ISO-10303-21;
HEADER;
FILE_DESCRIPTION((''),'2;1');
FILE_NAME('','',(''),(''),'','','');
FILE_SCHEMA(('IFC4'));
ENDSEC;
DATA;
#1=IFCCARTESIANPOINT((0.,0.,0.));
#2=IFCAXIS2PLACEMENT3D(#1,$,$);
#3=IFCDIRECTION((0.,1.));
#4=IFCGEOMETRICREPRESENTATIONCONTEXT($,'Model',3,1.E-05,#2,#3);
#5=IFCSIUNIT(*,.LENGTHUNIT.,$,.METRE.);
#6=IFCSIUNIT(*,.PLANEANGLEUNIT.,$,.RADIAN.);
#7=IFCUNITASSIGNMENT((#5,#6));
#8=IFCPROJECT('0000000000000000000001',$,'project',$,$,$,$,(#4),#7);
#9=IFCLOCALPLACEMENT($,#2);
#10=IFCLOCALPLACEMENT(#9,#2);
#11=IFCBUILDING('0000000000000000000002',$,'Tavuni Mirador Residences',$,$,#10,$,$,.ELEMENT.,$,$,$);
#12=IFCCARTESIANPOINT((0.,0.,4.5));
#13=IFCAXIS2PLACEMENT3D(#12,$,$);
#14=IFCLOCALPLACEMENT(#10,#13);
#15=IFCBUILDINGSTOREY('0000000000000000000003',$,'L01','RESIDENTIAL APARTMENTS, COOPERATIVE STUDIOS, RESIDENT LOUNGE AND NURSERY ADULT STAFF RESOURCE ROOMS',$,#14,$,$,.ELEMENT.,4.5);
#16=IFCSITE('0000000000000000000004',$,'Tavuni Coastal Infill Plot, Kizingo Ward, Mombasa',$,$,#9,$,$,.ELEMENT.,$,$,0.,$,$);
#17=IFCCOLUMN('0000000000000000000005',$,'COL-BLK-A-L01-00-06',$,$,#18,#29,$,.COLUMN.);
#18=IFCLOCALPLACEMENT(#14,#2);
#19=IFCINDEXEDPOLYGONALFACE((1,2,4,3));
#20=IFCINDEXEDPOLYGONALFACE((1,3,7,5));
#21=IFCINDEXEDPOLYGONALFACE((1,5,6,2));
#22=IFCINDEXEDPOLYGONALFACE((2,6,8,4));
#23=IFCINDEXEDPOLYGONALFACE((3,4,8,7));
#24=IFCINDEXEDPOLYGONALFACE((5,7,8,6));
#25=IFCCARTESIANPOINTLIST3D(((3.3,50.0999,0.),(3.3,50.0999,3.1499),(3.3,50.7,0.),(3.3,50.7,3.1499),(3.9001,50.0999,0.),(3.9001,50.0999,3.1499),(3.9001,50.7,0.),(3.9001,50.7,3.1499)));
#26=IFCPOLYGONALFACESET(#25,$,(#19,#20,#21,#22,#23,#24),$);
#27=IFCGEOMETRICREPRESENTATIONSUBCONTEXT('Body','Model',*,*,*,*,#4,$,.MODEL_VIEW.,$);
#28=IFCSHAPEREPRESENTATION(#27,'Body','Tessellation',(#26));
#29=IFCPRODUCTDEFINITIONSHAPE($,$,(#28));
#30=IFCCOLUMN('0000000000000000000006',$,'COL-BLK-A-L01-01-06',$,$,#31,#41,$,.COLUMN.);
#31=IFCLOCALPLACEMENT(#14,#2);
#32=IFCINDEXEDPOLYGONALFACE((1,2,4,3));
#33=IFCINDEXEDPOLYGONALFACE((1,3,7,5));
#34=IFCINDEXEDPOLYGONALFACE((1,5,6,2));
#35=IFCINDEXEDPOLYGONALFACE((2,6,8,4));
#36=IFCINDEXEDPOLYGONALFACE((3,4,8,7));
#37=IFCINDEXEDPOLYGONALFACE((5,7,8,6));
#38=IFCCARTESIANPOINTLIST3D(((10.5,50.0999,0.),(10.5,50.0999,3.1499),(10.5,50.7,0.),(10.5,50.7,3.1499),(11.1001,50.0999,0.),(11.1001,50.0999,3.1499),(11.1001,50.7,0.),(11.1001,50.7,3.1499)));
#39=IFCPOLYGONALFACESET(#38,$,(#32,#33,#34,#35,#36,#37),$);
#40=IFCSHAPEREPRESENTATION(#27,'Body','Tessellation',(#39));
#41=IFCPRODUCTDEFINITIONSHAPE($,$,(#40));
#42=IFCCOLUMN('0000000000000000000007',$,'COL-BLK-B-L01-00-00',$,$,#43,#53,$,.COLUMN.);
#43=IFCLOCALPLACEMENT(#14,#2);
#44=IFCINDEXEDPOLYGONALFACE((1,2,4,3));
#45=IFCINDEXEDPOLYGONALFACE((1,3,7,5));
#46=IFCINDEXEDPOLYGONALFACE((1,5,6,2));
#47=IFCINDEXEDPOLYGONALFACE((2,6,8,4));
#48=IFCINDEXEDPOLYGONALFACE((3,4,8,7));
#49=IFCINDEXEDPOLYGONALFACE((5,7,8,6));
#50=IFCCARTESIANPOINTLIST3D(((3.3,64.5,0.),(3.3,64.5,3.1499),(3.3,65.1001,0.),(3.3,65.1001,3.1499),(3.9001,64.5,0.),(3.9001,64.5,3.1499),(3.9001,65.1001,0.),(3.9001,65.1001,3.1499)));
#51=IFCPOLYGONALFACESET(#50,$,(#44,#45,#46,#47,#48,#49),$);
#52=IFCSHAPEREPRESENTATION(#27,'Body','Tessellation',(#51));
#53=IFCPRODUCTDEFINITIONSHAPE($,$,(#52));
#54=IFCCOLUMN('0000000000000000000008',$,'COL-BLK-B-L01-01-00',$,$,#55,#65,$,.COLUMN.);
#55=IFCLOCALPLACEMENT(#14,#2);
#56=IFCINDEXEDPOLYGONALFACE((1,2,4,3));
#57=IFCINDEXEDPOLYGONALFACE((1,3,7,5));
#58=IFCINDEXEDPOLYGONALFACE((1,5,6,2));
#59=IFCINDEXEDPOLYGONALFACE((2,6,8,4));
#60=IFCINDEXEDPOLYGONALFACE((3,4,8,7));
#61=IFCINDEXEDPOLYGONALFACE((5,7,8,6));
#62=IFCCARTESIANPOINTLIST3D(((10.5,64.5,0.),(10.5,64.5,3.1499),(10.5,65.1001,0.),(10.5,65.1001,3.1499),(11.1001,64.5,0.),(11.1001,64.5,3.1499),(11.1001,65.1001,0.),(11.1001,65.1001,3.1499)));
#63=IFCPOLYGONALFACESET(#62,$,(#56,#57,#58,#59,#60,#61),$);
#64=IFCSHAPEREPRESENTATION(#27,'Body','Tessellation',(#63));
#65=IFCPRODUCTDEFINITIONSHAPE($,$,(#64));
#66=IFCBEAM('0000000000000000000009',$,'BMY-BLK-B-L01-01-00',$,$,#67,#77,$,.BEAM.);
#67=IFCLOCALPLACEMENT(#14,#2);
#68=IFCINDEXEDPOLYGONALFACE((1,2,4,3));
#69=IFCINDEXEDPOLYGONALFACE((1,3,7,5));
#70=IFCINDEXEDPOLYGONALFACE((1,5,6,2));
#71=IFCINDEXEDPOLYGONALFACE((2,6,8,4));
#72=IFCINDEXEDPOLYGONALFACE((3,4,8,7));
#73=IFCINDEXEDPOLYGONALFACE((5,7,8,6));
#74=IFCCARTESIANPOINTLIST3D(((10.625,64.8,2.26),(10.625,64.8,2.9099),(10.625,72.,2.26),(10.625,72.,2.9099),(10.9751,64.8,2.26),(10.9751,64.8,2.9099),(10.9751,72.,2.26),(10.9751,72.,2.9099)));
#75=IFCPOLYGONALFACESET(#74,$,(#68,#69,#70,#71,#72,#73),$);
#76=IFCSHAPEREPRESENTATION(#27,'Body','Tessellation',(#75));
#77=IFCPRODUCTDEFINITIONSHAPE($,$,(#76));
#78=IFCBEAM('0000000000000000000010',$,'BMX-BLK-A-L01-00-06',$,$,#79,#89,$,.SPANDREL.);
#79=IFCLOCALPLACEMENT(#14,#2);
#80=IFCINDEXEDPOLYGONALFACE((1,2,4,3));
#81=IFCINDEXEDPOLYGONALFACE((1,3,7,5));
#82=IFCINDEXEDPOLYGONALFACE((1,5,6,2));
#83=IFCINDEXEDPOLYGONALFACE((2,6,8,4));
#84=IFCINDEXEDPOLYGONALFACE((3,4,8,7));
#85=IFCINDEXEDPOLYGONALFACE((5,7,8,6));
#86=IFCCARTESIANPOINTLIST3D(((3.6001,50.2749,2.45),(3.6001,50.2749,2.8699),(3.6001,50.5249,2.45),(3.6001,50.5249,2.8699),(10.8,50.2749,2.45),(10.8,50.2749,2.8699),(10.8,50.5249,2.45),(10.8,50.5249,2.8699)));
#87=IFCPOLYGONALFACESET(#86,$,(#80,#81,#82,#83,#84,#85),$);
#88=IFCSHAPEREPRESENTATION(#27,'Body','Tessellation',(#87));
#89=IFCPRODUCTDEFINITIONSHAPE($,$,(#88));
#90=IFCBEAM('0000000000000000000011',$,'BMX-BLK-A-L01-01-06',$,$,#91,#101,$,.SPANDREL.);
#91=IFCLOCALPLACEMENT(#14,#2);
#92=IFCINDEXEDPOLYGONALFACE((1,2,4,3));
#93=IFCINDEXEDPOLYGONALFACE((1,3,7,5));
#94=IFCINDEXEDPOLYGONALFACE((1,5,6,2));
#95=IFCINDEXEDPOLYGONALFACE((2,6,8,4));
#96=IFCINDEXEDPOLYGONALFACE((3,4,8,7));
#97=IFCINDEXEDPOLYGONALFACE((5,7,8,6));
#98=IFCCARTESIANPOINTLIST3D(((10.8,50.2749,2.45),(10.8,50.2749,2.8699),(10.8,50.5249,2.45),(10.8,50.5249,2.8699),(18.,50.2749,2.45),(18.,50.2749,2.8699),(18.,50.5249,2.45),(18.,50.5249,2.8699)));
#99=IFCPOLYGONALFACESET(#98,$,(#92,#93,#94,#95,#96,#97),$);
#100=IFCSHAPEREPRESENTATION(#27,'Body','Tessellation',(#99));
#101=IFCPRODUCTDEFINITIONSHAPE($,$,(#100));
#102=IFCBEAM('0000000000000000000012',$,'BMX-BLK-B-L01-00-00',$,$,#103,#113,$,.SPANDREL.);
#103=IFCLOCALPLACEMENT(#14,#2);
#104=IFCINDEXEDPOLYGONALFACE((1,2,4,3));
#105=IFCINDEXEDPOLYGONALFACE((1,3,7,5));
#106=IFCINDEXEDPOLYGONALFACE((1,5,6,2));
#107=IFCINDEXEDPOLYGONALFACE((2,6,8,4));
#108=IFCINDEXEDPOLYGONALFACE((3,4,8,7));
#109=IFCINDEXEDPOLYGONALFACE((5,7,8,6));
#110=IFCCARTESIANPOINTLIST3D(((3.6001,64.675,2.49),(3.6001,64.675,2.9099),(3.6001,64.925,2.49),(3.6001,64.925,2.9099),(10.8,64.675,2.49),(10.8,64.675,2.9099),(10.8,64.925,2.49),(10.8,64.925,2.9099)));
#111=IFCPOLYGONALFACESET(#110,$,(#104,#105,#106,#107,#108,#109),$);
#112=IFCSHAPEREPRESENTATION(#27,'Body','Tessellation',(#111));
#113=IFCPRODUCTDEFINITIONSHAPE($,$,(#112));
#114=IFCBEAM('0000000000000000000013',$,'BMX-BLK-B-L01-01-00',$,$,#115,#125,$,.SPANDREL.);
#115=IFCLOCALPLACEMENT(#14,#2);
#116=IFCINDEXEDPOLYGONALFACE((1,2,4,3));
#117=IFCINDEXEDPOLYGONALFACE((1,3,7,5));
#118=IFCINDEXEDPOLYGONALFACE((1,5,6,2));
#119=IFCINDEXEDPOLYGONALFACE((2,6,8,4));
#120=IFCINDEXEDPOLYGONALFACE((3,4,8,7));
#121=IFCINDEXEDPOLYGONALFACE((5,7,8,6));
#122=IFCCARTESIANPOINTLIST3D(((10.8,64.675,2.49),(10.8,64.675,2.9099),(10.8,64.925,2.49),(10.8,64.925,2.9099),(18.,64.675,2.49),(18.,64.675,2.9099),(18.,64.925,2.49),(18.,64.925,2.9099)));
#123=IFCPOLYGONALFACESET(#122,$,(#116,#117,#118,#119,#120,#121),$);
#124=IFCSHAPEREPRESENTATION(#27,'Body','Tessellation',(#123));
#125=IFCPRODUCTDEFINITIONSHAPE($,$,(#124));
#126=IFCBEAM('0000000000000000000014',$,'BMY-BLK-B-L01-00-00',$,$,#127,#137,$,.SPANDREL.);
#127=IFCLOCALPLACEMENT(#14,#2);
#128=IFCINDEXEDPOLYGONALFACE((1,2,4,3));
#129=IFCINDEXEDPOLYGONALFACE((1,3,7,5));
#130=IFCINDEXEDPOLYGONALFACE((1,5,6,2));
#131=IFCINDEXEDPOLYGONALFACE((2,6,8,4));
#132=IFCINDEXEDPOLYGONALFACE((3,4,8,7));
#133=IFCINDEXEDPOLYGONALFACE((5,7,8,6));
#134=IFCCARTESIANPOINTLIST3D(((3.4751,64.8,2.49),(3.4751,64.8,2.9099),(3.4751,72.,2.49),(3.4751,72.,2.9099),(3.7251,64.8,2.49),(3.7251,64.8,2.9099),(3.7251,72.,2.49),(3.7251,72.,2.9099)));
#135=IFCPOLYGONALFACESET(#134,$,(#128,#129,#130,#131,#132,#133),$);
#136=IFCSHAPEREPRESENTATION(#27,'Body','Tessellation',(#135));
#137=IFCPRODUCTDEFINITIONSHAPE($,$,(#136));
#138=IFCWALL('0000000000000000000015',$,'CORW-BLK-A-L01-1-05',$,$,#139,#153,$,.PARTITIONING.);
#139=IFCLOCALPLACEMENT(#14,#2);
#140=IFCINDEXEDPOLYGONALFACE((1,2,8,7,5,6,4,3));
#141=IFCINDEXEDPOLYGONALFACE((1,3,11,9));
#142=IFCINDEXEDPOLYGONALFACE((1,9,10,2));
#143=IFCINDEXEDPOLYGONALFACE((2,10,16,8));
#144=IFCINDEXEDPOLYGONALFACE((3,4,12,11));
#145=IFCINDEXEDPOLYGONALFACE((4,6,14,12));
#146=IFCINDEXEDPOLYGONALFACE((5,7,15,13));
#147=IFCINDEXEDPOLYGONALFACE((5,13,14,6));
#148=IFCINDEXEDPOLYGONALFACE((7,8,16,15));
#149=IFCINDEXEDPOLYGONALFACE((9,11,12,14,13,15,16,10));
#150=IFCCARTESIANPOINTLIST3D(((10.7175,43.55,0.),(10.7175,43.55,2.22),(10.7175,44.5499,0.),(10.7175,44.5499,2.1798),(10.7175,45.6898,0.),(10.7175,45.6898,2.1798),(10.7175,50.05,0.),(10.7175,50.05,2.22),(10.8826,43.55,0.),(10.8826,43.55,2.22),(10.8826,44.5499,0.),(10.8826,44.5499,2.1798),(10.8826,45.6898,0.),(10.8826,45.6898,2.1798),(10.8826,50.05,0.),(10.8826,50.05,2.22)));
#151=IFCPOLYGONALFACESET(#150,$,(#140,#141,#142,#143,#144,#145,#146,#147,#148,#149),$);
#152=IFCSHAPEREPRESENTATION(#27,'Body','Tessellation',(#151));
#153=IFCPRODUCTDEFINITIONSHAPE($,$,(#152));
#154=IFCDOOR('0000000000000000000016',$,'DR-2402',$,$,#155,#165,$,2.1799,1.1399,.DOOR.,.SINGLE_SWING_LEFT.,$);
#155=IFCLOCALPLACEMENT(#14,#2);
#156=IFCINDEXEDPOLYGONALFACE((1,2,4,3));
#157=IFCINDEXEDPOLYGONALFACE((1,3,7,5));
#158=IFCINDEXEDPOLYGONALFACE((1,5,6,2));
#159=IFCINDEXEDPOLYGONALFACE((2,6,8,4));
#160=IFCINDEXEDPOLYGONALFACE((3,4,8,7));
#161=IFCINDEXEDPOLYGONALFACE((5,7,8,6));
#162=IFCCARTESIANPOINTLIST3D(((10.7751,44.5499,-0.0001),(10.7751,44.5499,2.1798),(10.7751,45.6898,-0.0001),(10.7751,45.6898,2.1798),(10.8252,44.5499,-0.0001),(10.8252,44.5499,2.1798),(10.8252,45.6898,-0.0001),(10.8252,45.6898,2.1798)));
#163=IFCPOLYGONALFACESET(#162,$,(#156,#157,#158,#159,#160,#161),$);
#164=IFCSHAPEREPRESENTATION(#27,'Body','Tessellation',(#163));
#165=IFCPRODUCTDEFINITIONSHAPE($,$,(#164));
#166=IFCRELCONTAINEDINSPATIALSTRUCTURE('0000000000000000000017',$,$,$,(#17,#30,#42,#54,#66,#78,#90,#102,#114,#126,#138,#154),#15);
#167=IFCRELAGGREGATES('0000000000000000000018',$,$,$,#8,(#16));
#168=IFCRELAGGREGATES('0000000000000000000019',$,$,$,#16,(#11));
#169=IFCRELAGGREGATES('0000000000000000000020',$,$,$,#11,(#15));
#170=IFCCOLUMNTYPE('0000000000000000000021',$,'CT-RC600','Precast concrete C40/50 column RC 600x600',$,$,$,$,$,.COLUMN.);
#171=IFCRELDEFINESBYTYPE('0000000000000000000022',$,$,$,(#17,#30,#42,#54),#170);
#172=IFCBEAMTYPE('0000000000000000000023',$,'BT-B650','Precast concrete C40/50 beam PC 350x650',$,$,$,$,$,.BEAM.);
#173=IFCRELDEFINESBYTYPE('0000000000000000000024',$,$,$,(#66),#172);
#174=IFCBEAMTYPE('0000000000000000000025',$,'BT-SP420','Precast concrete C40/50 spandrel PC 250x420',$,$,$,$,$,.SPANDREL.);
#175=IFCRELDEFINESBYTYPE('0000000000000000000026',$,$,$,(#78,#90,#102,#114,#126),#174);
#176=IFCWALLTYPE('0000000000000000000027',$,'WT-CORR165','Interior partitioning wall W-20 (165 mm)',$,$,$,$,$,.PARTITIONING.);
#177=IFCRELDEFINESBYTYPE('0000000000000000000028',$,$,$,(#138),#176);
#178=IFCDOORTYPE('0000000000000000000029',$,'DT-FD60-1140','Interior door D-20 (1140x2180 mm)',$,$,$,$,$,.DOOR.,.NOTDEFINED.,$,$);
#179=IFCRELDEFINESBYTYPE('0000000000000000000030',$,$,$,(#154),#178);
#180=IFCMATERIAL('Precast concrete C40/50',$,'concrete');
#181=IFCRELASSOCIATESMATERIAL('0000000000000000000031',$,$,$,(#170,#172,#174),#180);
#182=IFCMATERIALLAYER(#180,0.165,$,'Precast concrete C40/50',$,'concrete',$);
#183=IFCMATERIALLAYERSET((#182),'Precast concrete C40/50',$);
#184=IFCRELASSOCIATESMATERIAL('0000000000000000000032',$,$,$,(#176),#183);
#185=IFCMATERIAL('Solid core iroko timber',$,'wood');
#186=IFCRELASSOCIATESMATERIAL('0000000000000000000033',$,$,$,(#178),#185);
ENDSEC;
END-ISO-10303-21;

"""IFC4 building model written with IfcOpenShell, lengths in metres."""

from ifc_helpers import new_model, si_unit, direction, frame, frame_2d, origin, origin_2d, place, context, subcontext, project, spatial, rectangle, extrude, material, layer, layer_set, material_profile, profile_set, type_object, element, fill, save


model = new_model("IFC4")

# Units and contexts
model_context = context("Model", 3, precision=1e-05, world=origin(), true_north=direction((0.0, 1.0)))
body_context = subcontext(model_context, "Body", "Model", "MODEL_VIEW")
ifc_project = project(units=[si_unit("LENGTHUNIT", "METRE"), si_unit("PLANEANGLEUNIT", "RADIAN")], contexts=[model_context])

# Site, building, storey
site_placement = place(None, origin())
site = spatial("IfcSite", under=ifc_project, at=site_placement, Name="Tavuni Coastal Infill Plot, Kizingo Ward, Mombasa", CompositionType="ELEMENT", RefElevation=0.0)
building_placement = place(site_placement, origin())
building = spatial("IfcBuilding", under=site, at=building_placement, Name="Tavuni Mirador Residences", CompositionType="ELEMENT")
storey_placement = place(building_placement, frame((0.0, 0.0, 4.5)))
storey = spatial("IfcBuildingStorey", under=building, at=storey_placement, Name="L01", Description="RESIDENTIAL APARTMENTS, COOPERATIVE STUDIOS, RESIDENT LOUNGE AND NURSERY ADULT STAFF RESOURCE ROOMS", CompositionType="ELEMENT", Elevation=4.5)

# Columns
ifc_material_1 = material(Name="Precast concrete C40/50", Category="concrete")
ifc_material_profile_1 = material_profile(ifc_material_1, rectangle(XDim=0.6001, YDim=0.6001, at=origin_2d()), Name="RC 600x600", Category="concrete")
ifc_profile_set_1 = profile_set([ifc_material_profile_1], Name="Precast concrete C40/50")
column_type = type_object("IfcColumnType", Name="CT-RC600", Description="Precast concrete C40/50 column RC 600x600", PredefinedType="COLUMN", material=ifc_profile_set_1)
for number, where, z_axis, x_axis, name in (
    (1, (3.6001, 50.3999, 0.0), (0.0, 0.0, 1.0), (1.0, 0.0, 0.0), "COL-BLK-A-L01-00-06"),
    (2, (10.8, 50.3999, 0.0), (0.0, 0.0, 1.0), (1.0, 0.0, 0.0), "COL-BLK-A-L01-01-06"),
    (3, (3.6001, 64.8, 0.0), (0.0, 0.0, 1.0), (1.0, 0.0, 0.0), "COL-BLK-B-L01-00-00"),
    (4, (10.8, 64.8, 0.0), (0.0, 0.0, 1.0), (1.0, 0.0, 0.0), "COL-BLK-B-L01-01-00"),
):
    element("IfcColumn", number, at=place(storey_placement, frame(where, z_axis=z_axis, x_axis=x_axis)), inside=storey, type_object=column_type, Name=name, PredefinedType="COLUMN", context=body_context, shape_type="SweptSolid", body=[
        extrude(rectangle(XDim=0.6001, YDim=0.6001, at=origin_2d()), origin(), (0.0, 0.0, 1.0), 3.1499),
    ])

# Beams
ifc_material_profile_2 = material_profile(ifc_material_1, rectangle(XDim=0.3501, YDim=0.6499, at=origin_2d()), Name="PC 350x650", Category="concrete")
ifc_profile_set_2 = profile_set([ifc_material_profile_2], Name="Precast concrete C40/50")
beam_type_1 = type_object("IfcBeamType", Name="BT-B650", Description="Precast concrete C40/50 beam PC 350x650", PredefinedType="BEAM", material=ifc_profile_set_2)
beam_placement = place(storey_placement, frame((10.8, 64.8, 2.585), z_axis=(0.0, 1.0, 0.0), x_axis=(-1.0, 0.0, 0.0)))
element("IfcBeam", 5, at=beam_placement, inside=storey, type_object=beam_type_1, Name="BMY-BLK-B-L01-01-00", PredefinedType="BEAM", context=body_context, shape_type="SweptSolid", body=[
    extrude(rectangle(XDim=0.3501, YDim=0.6499, at=origin_2d()), origin(), (0.0, 0.0, 1.0), 7.2),
])
ifc_material_profile_3 = material_profile(ifc_material_1, rectangle(XDim=0.25, YDim=0.4199, at=origin_2d()), Name="PC 250x420", Category="concrete")
ifc_profile_set_3 = profile_set([ifc_material_profile_3], Name="Precast concrete C40/50")
beam_type_2 = type_object("IfcBeamType", Name="BT-SP420", Description="Precast concrete C40/50 spandrel PC 250x420", PredefinedType="SPANDREL", material=ifc_profile_set_3)
for number, where, z_axis, x_axis, name in (
    (6, (3.6001, 50.3999, 2.6599), (1.0, 0.0, 0.0), (0.0, 1.0, 0.0), "BMX-BLK-A-L01-00-06"),
    (7, (10.8, 50.3999, 2.6599), (1.0, 0.0, 0.0), (0.0, 1.0, 0.0), "BMX-BLK-A-L01-01-06"),
    (8, (3.6001, 64.8, 2.7), (1.0, 0.0, 0.0), (0.0, 1.0, 0.0), "BMX-BLK-B-L01-00-00"),
    (9, (10.8, 64.8, 2.7), (1.0, 0.0, 0.0), (0.0, 1.0, 0.0), "BMX-BLK-B-L01-01-00"),
    (10, (3.6001, 64.8, 2.7), (0.0, 1.0, 0.0), (-1.0, 0.0, 0.0), "BMY-BLK-B-L01-00-00"),
):
    element("IfcBeam", number, at=place(storey_placement, frame(where, z_axis=z_axis, x_axis=x_axis)), inside=storey, type_object=beam_type_2, Name=name, PredefinedType="SPANDREL", context=body_context, shape_type="SweptSolid", body=[
        extrude(rectangle(XDim=0.25, YDim=0.4199, at=origin_2d()), origin(), (0.0, 0.0, 1.0), 7.2),
    ])

# Wall, opening, door
ifc_layer_1 = layer(ifc_material_1, 0.165, Name="Precast concrete C40/50", Category="concrete")
ifc_layer_set_1 = layer_set([ifc_layer_1], Name="Precast concrete C40/50")
wall_type_1 = type_object("IfcWallType", Name="WT-CORR165", Description="Interior partitioning wall W-20 (165 mm)", PredefinedType="PARTITIONING", material=ifc_layer_set_1)
wall_1_placement = place(storey_placement, frame((10.8, 43.55, 0.0), z_axis=(0.0, 0.0, 1.0), x_axis=(0.0, 1.0, 0.0)))
wall_1 = element("IfcWall", 11, at=wall_1_placement, inside=storey, type_object=wall_type_1, Name="CORW-BLK-A-L01-1-05", PredefinedType="PARTITIONING", context=body_context, shape_type="SweptSolid", body=[
    extrude(rectangle(XDim=6.5, YDim=0.165, at=frame_2d((3.25, 0.0))), origin(), (0.0, 0.0, 1.0), 2.22),
])
opening_1_placement = place(wall_1_placement, frame((1.0, 0.0, 0.0)))
opening_1 = element("IfcOpeningElement", 12, at=opening_1_placement, cuts=wall_1, PredefinedType="OPENING", context=body_context, shape_type="SweptSolid", body=[
    extrude(rectangle(XDim=1.1399, YDim=2.1799, at=frame_2d((0.5698, 1.0898))), frame((0.0, 0.0925, 0.0), z_axis=(0.0, -1.0, 0.0), x_axis=(1.0, 0.0, 0.0)), (0.0, 0.0, 1.0), 0.1851),
])
ifc_material_2 = material(Name="Solid core iroko timber", Category="wood")
door_type_1 = type_object("IfcDoorType", Name="DT-FD60-1140", Description="Interior door D-20 (1140x2180 mm)", OperationType="NOTDEFINED", PredefinedType="DOOR", material=ifc_material_2)
door_1_placement = place(opening_1_placement, origin())
door_1 = element("IfcDoor", 13, at=door_1_placement, inside=storey, type_object=door_type_1, Name="DR-2402", OperationType="SINGLE_SWING_LEFT", OverallHeight=2.1799, OverallWidth=1.1399, PredefinedType="DOOR", context=body_context, shape_type="SweptSolid", body=[
    extrude(rectangle(XDim=1.1399, YDim=2.1799, at=frame_2d((0.5698, 1.0898))), frame((0.0, 0.0249, 0.0), z_axis=(0.0, -1.0, 0.0), x_axis=(1.0, 0.0, 0.0)), (0.0, 0.0, 1.0), 0.05),
])
fill(opening_1, door_1)

save(model, "model.ifc")
